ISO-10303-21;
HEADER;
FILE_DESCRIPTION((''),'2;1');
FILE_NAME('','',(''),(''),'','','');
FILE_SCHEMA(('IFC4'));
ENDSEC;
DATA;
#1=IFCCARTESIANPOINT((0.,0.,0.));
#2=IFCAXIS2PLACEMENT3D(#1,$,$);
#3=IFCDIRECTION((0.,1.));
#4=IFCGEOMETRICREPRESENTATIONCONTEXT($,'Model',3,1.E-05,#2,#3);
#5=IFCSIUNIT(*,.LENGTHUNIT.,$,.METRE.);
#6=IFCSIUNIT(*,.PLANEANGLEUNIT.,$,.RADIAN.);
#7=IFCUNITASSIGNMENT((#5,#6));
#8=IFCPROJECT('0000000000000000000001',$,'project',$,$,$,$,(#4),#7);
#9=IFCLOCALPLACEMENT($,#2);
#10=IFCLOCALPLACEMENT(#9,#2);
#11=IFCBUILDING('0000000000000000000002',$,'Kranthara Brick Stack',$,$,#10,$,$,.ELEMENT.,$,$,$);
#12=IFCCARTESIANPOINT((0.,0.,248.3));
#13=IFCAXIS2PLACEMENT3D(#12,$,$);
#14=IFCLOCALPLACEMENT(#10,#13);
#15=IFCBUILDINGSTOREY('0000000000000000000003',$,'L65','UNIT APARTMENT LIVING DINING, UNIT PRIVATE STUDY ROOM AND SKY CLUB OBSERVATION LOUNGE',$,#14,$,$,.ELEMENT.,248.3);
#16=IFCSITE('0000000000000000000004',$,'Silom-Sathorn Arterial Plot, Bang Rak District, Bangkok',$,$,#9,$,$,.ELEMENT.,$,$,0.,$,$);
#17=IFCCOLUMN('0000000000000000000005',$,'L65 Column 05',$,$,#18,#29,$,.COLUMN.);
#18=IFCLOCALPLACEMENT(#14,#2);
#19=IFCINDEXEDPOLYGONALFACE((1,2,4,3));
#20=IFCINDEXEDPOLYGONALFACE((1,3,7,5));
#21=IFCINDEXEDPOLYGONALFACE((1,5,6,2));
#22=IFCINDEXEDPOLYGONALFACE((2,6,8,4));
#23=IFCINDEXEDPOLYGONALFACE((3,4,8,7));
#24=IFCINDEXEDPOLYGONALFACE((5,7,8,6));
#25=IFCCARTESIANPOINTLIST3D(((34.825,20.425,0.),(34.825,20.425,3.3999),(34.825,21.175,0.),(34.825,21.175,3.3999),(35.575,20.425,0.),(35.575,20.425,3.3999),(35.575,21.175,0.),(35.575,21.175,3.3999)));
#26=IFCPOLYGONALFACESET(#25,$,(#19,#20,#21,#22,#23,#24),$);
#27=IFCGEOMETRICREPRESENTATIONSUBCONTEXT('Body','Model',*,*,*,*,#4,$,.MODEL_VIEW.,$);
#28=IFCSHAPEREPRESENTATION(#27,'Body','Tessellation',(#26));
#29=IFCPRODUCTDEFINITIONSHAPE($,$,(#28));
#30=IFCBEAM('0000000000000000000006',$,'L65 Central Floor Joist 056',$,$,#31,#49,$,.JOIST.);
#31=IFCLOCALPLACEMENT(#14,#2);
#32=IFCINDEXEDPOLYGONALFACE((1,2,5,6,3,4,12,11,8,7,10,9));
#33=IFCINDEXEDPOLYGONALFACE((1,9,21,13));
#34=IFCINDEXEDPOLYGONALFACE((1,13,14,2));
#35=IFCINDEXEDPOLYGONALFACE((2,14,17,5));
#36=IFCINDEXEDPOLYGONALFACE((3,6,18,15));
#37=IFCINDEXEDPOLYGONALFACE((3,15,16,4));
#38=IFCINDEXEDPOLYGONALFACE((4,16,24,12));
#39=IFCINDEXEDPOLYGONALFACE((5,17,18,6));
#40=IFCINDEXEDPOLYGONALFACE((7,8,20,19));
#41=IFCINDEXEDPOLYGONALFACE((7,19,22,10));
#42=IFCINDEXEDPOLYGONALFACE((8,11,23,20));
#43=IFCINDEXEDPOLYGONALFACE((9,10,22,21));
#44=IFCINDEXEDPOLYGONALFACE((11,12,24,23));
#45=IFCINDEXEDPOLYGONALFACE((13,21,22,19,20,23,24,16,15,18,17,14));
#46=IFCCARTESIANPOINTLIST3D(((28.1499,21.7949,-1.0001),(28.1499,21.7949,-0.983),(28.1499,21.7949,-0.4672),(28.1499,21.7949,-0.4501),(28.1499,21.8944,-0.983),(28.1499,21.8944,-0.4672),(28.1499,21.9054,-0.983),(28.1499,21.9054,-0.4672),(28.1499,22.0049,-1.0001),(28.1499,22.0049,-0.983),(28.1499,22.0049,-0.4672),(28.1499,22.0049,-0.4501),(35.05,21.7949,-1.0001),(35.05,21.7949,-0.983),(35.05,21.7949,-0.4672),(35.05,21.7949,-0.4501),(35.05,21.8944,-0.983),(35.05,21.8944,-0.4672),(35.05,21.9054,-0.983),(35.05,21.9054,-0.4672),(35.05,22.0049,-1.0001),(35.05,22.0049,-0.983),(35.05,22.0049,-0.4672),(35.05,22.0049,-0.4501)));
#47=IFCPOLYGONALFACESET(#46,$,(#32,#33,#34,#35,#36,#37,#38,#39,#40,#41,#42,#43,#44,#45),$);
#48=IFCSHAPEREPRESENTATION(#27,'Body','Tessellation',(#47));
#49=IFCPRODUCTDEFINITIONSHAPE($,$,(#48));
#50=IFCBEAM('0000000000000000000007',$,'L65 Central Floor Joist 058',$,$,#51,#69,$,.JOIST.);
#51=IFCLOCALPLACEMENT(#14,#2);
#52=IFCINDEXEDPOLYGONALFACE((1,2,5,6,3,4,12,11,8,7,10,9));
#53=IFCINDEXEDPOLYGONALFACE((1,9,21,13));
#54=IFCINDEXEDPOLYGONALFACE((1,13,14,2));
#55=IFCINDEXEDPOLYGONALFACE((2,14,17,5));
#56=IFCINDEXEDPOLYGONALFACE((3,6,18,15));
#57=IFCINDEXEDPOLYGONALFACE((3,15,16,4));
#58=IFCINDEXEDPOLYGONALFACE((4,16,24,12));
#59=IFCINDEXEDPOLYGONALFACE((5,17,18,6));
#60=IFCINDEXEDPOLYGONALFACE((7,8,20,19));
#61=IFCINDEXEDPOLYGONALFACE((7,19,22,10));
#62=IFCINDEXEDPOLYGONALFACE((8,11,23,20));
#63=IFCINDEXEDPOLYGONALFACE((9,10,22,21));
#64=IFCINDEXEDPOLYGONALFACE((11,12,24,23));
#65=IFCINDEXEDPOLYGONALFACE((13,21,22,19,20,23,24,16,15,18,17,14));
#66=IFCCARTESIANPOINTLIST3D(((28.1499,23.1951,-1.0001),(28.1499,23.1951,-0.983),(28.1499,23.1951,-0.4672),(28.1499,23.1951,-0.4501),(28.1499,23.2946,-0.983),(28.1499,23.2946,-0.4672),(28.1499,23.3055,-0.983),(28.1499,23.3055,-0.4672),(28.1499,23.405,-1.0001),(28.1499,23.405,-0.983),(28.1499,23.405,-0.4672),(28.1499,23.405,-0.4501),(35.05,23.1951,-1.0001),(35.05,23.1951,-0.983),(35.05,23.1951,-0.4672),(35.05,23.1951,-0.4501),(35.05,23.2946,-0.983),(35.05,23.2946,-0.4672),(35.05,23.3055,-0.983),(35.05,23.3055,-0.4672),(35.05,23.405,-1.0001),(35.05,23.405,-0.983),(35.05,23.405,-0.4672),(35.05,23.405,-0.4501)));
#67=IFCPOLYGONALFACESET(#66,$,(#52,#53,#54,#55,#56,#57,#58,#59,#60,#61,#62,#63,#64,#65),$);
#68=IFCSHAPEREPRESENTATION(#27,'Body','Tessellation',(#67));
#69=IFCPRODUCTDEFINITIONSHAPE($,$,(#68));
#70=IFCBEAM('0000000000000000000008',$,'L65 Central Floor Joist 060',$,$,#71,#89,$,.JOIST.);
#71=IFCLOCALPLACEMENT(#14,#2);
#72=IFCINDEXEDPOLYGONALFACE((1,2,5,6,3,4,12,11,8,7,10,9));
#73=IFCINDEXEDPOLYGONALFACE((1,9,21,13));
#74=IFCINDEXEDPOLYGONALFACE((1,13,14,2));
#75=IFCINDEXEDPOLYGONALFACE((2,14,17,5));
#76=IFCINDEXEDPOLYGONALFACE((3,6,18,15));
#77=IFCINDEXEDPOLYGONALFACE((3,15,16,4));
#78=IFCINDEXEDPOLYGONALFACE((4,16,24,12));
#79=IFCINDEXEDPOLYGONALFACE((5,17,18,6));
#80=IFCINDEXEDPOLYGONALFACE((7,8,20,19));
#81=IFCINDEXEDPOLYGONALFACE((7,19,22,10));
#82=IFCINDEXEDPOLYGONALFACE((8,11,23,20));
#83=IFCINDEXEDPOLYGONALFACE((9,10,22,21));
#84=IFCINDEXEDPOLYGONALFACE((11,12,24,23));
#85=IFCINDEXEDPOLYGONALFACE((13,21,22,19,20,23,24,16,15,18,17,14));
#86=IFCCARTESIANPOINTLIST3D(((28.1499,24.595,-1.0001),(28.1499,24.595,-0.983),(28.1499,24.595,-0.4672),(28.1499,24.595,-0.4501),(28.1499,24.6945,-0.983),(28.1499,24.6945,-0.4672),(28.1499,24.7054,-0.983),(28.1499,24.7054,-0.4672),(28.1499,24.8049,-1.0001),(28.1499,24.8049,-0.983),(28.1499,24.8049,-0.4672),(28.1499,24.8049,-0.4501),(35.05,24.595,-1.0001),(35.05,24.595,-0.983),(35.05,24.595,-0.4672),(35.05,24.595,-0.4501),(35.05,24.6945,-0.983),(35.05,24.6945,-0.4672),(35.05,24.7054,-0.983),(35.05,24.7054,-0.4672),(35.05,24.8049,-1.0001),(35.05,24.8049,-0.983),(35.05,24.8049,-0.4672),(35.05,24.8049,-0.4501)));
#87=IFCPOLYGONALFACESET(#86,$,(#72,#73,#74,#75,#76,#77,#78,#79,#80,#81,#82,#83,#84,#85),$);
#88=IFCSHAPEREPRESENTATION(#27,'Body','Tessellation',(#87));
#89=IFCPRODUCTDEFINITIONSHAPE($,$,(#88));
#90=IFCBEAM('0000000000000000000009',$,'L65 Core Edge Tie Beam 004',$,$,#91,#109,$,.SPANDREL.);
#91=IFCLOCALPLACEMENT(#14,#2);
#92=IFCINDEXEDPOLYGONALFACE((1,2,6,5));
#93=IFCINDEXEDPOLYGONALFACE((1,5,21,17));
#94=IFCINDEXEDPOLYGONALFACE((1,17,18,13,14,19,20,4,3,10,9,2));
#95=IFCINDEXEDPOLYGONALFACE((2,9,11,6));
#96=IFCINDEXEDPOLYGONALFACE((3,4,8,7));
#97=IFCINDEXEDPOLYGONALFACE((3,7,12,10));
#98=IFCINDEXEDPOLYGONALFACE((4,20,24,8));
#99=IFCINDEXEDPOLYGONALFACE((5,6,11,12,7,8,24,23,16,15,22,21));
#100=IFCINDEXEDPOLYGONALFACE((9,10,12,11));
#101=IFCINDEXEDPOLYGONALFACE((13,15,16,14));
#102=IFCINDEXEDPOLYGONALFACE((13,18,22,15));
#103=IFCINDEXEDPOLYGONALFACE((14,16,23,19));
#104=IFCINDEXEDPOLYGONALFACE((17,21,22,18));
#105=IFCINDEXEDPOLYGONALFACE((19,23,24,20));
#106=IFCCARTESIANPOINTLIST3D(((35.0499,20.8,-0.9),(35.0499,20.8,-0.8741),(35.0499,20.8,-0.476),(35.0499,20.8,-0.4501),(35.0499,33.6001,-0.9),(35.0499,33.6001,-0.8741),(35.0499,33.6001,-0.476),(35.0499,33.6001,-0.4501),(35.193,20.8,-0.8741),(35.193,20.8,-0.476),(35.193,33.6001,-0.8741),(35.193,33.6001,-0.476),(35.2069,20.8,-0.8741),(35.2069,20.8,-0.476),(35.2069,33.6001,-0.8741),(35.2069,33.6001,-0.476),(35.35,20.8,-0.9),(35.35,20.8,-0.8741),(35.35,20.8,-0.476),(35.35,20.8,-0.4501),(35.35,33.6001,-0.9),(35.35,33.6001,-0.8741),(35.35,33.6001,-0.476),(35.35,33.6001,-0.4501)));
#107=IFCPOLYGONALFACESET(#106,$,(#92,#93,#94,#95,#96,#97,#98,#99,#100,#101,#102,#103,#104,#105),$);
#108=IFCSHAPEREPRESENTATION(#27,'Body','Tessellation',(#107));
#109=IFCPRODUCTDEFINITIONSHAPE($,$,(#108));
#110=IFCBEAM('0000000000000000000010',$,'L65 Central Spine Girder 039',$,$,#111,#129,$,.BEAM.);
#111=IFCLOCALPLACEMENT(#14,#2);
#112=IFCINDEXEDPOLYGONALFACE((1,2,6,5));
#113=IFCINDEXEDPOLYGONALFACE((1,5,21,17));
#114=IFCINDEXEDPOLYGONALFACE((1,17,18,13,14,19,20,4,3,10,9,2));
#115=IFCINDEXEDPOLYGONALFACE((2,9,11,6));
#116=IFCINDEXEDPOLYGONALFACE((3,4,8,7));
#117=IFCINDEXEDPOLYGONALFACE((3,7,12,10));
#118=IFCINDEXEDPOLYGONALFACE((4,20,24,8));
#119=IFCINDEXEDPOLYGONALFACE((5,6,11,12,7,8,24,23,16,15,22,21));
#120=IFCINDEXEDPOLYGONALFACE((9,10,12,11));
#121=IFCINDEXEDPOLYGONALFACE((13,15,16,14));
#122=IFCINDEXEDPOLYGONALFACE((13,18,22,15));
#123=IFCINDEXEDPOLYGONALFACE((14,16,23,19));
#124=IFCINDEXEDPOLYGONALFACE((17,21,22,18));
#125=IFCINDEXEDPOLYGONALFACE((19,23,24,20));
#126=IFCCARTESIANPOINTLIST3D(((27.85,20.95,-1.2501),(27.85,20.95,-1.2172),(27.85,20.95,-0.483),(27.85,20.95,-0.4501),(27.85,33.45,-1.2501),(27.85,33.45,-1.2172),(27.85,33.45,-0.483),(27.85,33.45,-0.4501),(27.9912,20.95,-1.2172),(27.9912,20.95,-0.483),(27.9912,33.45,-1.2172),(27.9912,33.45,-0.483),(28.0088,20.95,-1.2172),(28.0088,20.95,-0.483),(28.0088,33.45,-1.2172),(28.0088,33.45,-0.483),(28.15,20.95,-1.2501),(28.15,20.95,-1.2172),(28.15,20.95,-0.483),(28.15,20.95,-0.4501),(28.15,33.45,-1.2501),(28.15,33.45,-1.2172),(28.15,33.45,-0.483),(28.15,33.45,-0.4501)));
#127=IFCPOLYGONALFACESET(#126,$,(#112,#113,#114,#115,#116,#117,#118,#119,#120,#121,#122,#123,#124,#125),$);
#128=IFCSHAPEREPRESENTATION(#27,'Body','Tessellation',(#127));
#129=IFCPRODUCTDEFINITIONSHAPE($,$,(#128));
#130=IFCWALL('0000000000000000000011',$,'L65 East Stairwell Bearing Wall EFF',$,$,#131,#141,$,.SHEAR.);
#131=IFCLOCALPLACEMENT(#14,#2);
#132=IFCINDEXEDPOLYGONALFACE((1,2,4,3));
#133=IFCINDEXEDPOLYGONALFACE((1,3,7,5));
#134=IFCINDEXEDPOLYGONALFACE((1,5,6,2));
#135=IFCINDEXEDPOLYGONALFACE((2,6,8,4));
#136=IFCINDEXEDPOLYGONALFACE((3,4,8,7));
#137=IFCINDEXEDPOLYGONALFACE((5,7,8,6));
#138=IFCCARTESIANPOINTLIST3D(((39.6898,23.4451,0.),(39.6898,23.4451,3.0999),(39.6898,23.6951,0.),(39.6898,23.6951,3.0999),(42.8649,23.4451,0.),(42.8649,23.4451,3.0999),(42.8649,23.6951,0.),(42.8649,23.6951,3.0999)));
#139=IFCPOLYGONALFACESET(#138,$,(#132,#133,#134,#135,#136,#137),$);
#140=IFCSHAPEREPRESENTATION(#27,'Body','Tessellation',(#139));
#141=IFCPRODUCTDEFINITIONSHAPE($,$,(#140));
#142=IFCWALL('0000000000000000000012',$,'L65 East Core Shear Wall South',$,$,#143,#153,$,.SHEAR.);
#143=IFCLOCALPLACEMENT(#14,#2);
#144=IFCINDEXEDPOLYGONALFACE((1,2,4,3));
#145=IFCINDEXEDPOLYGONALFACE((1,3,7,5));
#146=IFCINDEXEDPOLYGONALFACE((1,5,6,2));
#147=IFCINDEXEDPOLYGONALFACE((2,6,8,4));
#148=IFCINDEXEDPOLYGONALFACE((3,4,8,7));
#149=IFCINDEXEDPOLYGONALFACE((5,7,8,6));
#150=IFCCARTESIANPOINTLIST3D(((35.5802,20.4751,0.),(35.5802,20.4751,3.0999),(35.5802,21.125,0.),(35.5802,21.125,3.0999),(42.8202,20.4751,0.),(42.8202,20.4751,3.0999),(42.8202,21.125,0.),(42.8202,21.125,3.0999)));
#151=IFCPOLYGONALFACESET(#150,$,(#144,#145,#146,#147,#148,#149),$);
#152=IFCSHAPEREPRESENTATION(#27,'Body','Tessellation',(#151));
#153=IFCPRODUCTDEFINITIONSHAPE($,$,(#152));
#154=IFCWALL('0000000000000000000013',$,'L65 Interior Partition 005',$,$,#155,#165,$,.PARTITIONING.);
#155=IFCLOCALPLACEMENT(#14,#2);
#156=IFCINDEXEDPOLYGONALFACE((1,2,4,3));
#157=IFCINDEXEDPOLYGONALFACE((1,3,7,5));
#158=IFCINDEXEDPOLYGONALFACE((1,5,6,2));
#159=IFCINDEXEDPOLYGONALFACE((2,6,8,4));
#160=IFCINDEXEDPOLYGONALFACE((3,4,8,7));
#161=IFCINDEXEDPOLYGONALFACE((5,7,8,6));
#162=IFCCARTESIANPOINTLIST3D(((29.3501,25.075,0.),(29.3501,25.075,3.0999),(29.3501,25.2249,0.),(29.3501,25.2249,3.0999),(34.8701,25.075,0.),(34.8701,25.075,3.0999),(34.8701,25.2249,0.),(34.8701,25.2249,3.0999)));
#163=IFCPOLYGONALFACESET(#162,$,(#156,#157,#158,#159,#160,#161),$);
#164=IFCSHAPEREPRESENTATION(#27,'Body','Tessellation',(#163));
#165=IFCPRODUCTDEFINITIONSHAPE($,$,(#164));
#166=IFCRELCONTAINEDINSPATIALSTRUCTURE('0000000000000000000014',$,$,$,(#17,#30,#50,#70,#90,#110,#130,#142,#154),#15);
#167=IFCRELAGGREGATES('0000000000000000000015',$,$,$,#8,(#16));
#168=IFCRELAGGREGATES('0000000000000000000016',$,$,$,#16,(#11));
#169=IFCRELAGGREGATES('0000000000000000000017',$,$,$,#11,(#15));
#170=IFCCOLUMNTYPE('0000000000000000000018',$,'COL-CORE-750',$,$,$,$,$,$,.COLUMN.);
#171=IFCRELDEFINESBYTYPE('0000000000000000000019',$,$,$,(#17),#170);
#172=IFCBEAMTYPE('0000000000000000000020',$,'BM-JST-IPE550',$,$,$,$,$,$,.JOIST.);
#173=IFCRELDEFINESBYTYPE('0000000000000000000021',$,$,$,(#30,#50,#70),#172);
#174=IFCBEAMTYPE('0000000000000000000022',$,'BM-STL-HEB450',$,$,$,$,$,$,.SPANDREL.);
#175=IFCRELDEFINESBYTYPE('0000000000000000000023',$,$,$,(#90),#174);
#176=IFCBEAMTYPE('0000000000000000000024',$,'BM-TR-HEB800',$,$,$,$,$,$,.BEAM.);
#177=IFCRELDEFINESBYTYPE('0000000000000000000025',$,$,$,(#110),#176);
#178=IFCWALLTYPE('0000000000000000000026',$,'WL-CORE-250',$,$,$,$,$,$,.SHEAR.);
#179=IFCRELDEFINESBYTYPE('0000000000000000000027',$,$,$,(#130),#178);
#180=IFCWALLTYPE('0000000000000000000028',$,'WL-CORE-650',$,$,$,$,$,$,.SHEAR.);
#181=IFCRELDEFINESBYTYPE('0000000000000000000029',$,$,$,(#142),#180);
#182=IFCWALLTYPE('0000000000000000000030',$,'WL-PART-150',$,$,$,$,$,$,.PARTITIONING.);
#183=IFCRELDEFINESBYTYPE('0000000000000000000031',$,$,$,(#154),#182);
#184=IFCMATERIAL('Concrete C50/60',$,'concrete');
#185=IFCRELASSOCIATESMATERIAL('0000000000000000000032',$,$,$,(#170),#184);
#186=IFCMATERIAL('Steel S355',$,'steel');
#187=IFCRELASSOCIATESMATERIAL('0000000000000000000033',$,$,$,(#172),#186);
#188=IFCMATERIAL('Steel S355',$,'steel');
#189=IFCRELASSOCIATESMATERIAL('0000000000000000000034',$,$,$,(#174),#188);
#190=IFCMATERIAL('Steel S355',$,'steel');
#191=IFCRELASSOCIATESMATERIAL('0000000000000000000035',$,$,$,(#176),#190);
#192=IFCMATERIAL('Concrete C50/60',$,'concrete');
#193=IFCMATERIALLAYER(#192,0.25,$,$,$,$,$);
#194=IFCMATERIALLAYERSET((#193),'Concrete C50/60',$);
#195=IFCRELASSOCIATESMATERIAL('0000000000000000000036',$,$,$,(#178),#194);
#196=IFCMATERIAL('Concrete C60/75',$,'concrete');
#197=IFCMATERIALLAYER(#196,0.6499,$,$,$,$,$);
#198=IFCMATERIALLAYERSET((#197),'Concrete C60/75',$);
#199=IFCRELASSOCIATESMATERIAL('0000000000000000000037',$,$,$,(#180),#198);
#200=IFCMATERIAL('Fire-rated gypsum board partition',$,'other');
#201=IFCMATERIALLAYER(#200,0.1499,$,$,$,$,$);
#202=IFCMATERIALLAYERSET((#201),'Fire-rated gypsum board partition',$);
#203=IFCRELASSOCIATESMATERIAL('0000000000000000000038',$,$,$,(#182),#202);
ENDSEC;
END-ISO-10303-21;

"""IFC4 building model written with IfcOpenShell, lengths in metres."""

from ifc_helpers import new_model, si_unit, direction, frame, frame_2d, origin, origin_2d, place, context, subcontext, project, spatial, rectangle, i_section, extrude, material, layer, layer_set, material_profile, profile_set, type_object, element, save


model = new_model("IFC4")

# Units and contexts
model_context = context("Model", 3, precision=1e-05, world=origin(), true_north=direction((0.0, 1.0)))
body_context = subcontext(model_context, "Body", "Model", "MODEL_VIEW")
ifc_project = project(units=[si_unit("LENGTHUNIT", "METRE"), si_unit("PLANEANGLEUNIT", "RADIAN")], contexts=[model_context])

# Site, building, storey
site_placement = place(None, origin())
site = spatial("IfcSite", under=ifc_project, at=site_placement, Name="Silom-Sathorn Arterial Plot, Bang Rak District, Bangkok", CompositionType="ELEMENT", RefElevation=0.0)
building_placement = place(site_placement, origin())
building = spatial("IfcBuilding", under=site, at=building_placement, Name="Kranthara Brick Stack", CompositionType="ELEMENT")
storey_placement = place(building_placement, frame((0.0, 0.0, 248.3)))
storey = spatial("IfcBuildingStorey", under=building, at=storey_placement, Name="L65", Description="UNIT APARTMENT LIVING DINING, UNIT PRIVATE STUDY ROOM AND SKY CLUB OBSERVATION LOUNGE", CompositionType="ELEMENT", Elevation=248.3)

# Column
ifc_material_1 = material(Name="Concrete C50/60", Category="concrete")
ifc_material_profile_1 = material_profile(ifc_material_1, rectangle(XDim=0.75, YDim=0.75, at=origin_2d()), Name="RC 750x750")
ifc_profile_set_1 = profile_set([ifc_material_profile_1], Name="Concrete C50/60")
column_type = type_object("IfcColumnType", Name="COL-CORE-750", PredefinedType="COLUMN", material=ifc_profile_set_1)
column_placement = place(storey_placement, frame((35.2, 20.8, 0.0), z_axis=(0.0, 0.0, 1.0), x_axis=(1.0, 0.0, 0.0)))
element("IfcColumn", 1, at=column_placement, inside=storey, type_object=column_type, Name="L65 Column 05", PredefinedType="COLUMN", context=body_context, shape_type="SweptSolid", body=[
    extrude(rectangle(XDim=0.75, YDim=0.75, at=origin_2d()), origin(), (0.0, 0.0, 1.0), 3.3999),
])

# Beams
ifc_material_2 = material(Name="Steel S355", Category="steel")
ifc_material_profile_2 = material_profile(ifc_material_2, i_section(OverallWidth=0.21, OverallDepth=0.55, WebThickness=0.011, FlangeThickness=0.0171, at=origin_2d()), Name="IPE 550")
ifc_profile_set_2 = profile_set([ifc_material_profile_2], Name="Steel S355")
beam_type_1 = type_object("IfcBeamType", Name="BM-JST-IPE550", PredefinedType="JOIST", material=ifc_profile_set_2)
for number, where, z_axis, x_axis, name in (
    (2, (28.1499, 21.8999, -0.7251), (1.0, 0.0, 0.0), (0.0, 1.0, 0.0), "L65 Central Floor Joist 056"),
    (3, (28.1499, 23.3, -0.7251), (1.0, 0.0, 0.0), (0.0, 1.0, 0.0), "L65 Central Floor Joist 058"),
    (4, (28.1499, 24.7, -0.7251), (1.0, 0.0, 0.0), (0.0, 1.0, 0.0), "L65 Central Floor Joist 060"),
):
    element("IfcBeam", number, at=place(storey_placement, frame(where, z_axis=z_axis, x_axis=x_axis)), inside=storey, type_object=beam_type_1, Name=name, PredefinedType="JOIST", context=body_context, shape_type="SweptSolid", body=[
        extrude(i_section(OverallWidth=0.21, OverallDepth=0.55, WebThickness=0.011, FlangeThickness=0.0171, at=origin_2d()), origin(), (0.0, 0.0, 1.0), 6.9001),
    ])
ifc_material_3 = material(Name="Steel S355", Category="steel")
ifc_material_profile_3 = material_profile(ifc_material_3, i_section(OverallWidth=0.3, OverallDepth=0.45, WebThickness=0.0139, FlangeThickness=0.0259, at=origin_2d()), Name="HEB 450")
ifc_profile_set_3 = profile_set([ifc_material_profile_3], Name="Steel S355")
beam_type_2 = type_object("IfcBeamType", Name="BM-STL-HEB450", PredefinedType="SPANDREL", material=ifc_profile_set_3)
beam_1_placement = place(storey_placement, frame((35.2, 20.8, -0.675), z_axis=(0.0, 1.0, 0.0), x_axis=(-1.0, 0.0, 0.0)))
element("IfcBeam", 5, at=beam_1_placement, inside=storey, type_object=beam_type_2, Name="L65 Core Edge Tie Beam 004", PredefinedType="SPANDREL", context=body_context, shape_type="SweptSolid", body=[
    extrude(i_section(OverallWidth=0.3, OverallDepth=0.45, WebThickness=0.0139, FlangeThickness=0.0259, at=origin_2d()), origin(), (0.0, 0.0, 1.0), 12.8),
])
ifc_material_4 = material(Name="Steel S355", Category="steel")
ifc_material_profile_4 = material_profile(ifc_material_4, i_section(OverallWidth=0.3, OverallDepth=0.8, WebThickness=0.0176, FlangeThickness=0.033, at=origin_2d()), Name="HEB 800")
ifc_profile_set_4 = profile_set([ifc_material_profile_4], Name="Steel S355")
beam_type_3 = type_object("IfcBeamType", Name="BM-TR-HEB800", PredefinedType="BEAM", material=ifc_profile_set_4)
beam_2_placement = place(storey_placement, frame((28.0, 20.95, -0.8501), z_axis=(0.0, 1.0, 0.0), x_axis=(-1.0, 0.0, 0.0)))
element("IfcBeam", 6, at=beam_2_placement, inside=storey, type_object=beam_type_3, Name="L65 Central Spine Girder 039", PredefinedType="BEAM", context=body_context, shape_type="SweptSolid", body=[
    extrude(i_section(OverallWidth=0.3, OverallDepth=0.8, WebThickness=0.0176, FlangeThickness=0.033, at=origin_2d()), origin(), (0.0, 0.0, 1.0), 12.5),
])

# Shared definitions
ifc_material_5 = material(Name="Concrete C50/60", Category="concrete")
ifc_layer_1 = layer(ifc_material_5, 0.25)
ifc_layer_set_1 = layer_set([ifc_layer_1], Name="Concrete C50/60")
wall_type_1 = type_object("IfcWallType", Name="WL-CORE-250", PredefinedType="SHEAR", material=ifc_layer_set_1)

# Walls
wall_1_placement = place(storey_placement, frame((39.6899, 23.5701, 0.0), z_axis=(0.0, 0.0, 1.0), x_axis=(1.0, 0.0, 0.0)))
element("IfcWall", 7, at=wall_1_placement, inside=storey, type_object=wall_type_1, Name="L65 East Stairwell Bearing Wall EFF", PredefinedType="SHEAR", context=body_context, shape_type="SweptSolid", body=[
    extrude(rectangle(XDim=3.175, YDim=0.25, at=frame_2d((1.5874, 0.0))), origin(), (0.0, 0.0, 1.0), 3.0999),
])
ifc_material_6 = material(Name="Concrete C60/75", Category="concrete")
ifc_layer_2 = layer(ifc_material_6, 0.6499)
ifc_layer_set_2 = layer_set([ifc_layer_2], Name="Concrete C60/75")
wall_type_2 = type_object("IfcWallType", Name="WL-CORE-650", PredefinedType="SHEAR", material=ifc_layer_set_2)
wall_2_placement = place(storey_placement, frame((35.5801, 20.8, 0.0), z_axis=(0.0, 0.0, 1.0), x_axis=(1.0, 0.0, 0.0)))
element("IfcWall", 8, at=wall_2_placement, inside=storey, type_object=wall_type_2, Name="L65 East Core Shear Wall South", PredefinedType="SHEAR", context=body_context, shape_type="SweptSolid", body=[
    extrude(rectangle(XDim=7.24, YDim=0.6499, at=frame_2d((3.6201, 0.0))), origin(), (0.0, 0.0, 1.0), 3.0999),
])

# Wall
ifc_material_7 = material(Name="Fire-rated gypsum board partition", Category="other")
ifc_layer_3 = layer(ifc_material_7, 0.1499)
ifc_layer_set_3 = layer_set([ifc_layer_3], Name="Fire-rated gypsum board partition")
wall_type_3 = type_object("IfcWallType", Name="WL-PART-150", PredefinedType="PARTITIONING", material=ifc_layer_set_3)
wall_3_placement = place(storey_placement, frame((29.3501, 25.1499, 0.0), z_axis=(0.0, 0.0, 1.0), x_axis=(1.0, 0.0, 0.0)))
element("IfcWall", 9, at=wall_3_placement, inside=storey, type_object=wall_type_3, Name="L65 Interior Partition 005", PredefinedType="PARTITIONING", context=body_context, shape_type="SweptSolid", body=[
    extrude(rectangle(XDim=5.52, YDim=0.1499, at=frame_2d((2.76, 0.0))), origin(), (0.0, 0.0, 1.0), 3.0999),
])

save(model, "model.ifc")
